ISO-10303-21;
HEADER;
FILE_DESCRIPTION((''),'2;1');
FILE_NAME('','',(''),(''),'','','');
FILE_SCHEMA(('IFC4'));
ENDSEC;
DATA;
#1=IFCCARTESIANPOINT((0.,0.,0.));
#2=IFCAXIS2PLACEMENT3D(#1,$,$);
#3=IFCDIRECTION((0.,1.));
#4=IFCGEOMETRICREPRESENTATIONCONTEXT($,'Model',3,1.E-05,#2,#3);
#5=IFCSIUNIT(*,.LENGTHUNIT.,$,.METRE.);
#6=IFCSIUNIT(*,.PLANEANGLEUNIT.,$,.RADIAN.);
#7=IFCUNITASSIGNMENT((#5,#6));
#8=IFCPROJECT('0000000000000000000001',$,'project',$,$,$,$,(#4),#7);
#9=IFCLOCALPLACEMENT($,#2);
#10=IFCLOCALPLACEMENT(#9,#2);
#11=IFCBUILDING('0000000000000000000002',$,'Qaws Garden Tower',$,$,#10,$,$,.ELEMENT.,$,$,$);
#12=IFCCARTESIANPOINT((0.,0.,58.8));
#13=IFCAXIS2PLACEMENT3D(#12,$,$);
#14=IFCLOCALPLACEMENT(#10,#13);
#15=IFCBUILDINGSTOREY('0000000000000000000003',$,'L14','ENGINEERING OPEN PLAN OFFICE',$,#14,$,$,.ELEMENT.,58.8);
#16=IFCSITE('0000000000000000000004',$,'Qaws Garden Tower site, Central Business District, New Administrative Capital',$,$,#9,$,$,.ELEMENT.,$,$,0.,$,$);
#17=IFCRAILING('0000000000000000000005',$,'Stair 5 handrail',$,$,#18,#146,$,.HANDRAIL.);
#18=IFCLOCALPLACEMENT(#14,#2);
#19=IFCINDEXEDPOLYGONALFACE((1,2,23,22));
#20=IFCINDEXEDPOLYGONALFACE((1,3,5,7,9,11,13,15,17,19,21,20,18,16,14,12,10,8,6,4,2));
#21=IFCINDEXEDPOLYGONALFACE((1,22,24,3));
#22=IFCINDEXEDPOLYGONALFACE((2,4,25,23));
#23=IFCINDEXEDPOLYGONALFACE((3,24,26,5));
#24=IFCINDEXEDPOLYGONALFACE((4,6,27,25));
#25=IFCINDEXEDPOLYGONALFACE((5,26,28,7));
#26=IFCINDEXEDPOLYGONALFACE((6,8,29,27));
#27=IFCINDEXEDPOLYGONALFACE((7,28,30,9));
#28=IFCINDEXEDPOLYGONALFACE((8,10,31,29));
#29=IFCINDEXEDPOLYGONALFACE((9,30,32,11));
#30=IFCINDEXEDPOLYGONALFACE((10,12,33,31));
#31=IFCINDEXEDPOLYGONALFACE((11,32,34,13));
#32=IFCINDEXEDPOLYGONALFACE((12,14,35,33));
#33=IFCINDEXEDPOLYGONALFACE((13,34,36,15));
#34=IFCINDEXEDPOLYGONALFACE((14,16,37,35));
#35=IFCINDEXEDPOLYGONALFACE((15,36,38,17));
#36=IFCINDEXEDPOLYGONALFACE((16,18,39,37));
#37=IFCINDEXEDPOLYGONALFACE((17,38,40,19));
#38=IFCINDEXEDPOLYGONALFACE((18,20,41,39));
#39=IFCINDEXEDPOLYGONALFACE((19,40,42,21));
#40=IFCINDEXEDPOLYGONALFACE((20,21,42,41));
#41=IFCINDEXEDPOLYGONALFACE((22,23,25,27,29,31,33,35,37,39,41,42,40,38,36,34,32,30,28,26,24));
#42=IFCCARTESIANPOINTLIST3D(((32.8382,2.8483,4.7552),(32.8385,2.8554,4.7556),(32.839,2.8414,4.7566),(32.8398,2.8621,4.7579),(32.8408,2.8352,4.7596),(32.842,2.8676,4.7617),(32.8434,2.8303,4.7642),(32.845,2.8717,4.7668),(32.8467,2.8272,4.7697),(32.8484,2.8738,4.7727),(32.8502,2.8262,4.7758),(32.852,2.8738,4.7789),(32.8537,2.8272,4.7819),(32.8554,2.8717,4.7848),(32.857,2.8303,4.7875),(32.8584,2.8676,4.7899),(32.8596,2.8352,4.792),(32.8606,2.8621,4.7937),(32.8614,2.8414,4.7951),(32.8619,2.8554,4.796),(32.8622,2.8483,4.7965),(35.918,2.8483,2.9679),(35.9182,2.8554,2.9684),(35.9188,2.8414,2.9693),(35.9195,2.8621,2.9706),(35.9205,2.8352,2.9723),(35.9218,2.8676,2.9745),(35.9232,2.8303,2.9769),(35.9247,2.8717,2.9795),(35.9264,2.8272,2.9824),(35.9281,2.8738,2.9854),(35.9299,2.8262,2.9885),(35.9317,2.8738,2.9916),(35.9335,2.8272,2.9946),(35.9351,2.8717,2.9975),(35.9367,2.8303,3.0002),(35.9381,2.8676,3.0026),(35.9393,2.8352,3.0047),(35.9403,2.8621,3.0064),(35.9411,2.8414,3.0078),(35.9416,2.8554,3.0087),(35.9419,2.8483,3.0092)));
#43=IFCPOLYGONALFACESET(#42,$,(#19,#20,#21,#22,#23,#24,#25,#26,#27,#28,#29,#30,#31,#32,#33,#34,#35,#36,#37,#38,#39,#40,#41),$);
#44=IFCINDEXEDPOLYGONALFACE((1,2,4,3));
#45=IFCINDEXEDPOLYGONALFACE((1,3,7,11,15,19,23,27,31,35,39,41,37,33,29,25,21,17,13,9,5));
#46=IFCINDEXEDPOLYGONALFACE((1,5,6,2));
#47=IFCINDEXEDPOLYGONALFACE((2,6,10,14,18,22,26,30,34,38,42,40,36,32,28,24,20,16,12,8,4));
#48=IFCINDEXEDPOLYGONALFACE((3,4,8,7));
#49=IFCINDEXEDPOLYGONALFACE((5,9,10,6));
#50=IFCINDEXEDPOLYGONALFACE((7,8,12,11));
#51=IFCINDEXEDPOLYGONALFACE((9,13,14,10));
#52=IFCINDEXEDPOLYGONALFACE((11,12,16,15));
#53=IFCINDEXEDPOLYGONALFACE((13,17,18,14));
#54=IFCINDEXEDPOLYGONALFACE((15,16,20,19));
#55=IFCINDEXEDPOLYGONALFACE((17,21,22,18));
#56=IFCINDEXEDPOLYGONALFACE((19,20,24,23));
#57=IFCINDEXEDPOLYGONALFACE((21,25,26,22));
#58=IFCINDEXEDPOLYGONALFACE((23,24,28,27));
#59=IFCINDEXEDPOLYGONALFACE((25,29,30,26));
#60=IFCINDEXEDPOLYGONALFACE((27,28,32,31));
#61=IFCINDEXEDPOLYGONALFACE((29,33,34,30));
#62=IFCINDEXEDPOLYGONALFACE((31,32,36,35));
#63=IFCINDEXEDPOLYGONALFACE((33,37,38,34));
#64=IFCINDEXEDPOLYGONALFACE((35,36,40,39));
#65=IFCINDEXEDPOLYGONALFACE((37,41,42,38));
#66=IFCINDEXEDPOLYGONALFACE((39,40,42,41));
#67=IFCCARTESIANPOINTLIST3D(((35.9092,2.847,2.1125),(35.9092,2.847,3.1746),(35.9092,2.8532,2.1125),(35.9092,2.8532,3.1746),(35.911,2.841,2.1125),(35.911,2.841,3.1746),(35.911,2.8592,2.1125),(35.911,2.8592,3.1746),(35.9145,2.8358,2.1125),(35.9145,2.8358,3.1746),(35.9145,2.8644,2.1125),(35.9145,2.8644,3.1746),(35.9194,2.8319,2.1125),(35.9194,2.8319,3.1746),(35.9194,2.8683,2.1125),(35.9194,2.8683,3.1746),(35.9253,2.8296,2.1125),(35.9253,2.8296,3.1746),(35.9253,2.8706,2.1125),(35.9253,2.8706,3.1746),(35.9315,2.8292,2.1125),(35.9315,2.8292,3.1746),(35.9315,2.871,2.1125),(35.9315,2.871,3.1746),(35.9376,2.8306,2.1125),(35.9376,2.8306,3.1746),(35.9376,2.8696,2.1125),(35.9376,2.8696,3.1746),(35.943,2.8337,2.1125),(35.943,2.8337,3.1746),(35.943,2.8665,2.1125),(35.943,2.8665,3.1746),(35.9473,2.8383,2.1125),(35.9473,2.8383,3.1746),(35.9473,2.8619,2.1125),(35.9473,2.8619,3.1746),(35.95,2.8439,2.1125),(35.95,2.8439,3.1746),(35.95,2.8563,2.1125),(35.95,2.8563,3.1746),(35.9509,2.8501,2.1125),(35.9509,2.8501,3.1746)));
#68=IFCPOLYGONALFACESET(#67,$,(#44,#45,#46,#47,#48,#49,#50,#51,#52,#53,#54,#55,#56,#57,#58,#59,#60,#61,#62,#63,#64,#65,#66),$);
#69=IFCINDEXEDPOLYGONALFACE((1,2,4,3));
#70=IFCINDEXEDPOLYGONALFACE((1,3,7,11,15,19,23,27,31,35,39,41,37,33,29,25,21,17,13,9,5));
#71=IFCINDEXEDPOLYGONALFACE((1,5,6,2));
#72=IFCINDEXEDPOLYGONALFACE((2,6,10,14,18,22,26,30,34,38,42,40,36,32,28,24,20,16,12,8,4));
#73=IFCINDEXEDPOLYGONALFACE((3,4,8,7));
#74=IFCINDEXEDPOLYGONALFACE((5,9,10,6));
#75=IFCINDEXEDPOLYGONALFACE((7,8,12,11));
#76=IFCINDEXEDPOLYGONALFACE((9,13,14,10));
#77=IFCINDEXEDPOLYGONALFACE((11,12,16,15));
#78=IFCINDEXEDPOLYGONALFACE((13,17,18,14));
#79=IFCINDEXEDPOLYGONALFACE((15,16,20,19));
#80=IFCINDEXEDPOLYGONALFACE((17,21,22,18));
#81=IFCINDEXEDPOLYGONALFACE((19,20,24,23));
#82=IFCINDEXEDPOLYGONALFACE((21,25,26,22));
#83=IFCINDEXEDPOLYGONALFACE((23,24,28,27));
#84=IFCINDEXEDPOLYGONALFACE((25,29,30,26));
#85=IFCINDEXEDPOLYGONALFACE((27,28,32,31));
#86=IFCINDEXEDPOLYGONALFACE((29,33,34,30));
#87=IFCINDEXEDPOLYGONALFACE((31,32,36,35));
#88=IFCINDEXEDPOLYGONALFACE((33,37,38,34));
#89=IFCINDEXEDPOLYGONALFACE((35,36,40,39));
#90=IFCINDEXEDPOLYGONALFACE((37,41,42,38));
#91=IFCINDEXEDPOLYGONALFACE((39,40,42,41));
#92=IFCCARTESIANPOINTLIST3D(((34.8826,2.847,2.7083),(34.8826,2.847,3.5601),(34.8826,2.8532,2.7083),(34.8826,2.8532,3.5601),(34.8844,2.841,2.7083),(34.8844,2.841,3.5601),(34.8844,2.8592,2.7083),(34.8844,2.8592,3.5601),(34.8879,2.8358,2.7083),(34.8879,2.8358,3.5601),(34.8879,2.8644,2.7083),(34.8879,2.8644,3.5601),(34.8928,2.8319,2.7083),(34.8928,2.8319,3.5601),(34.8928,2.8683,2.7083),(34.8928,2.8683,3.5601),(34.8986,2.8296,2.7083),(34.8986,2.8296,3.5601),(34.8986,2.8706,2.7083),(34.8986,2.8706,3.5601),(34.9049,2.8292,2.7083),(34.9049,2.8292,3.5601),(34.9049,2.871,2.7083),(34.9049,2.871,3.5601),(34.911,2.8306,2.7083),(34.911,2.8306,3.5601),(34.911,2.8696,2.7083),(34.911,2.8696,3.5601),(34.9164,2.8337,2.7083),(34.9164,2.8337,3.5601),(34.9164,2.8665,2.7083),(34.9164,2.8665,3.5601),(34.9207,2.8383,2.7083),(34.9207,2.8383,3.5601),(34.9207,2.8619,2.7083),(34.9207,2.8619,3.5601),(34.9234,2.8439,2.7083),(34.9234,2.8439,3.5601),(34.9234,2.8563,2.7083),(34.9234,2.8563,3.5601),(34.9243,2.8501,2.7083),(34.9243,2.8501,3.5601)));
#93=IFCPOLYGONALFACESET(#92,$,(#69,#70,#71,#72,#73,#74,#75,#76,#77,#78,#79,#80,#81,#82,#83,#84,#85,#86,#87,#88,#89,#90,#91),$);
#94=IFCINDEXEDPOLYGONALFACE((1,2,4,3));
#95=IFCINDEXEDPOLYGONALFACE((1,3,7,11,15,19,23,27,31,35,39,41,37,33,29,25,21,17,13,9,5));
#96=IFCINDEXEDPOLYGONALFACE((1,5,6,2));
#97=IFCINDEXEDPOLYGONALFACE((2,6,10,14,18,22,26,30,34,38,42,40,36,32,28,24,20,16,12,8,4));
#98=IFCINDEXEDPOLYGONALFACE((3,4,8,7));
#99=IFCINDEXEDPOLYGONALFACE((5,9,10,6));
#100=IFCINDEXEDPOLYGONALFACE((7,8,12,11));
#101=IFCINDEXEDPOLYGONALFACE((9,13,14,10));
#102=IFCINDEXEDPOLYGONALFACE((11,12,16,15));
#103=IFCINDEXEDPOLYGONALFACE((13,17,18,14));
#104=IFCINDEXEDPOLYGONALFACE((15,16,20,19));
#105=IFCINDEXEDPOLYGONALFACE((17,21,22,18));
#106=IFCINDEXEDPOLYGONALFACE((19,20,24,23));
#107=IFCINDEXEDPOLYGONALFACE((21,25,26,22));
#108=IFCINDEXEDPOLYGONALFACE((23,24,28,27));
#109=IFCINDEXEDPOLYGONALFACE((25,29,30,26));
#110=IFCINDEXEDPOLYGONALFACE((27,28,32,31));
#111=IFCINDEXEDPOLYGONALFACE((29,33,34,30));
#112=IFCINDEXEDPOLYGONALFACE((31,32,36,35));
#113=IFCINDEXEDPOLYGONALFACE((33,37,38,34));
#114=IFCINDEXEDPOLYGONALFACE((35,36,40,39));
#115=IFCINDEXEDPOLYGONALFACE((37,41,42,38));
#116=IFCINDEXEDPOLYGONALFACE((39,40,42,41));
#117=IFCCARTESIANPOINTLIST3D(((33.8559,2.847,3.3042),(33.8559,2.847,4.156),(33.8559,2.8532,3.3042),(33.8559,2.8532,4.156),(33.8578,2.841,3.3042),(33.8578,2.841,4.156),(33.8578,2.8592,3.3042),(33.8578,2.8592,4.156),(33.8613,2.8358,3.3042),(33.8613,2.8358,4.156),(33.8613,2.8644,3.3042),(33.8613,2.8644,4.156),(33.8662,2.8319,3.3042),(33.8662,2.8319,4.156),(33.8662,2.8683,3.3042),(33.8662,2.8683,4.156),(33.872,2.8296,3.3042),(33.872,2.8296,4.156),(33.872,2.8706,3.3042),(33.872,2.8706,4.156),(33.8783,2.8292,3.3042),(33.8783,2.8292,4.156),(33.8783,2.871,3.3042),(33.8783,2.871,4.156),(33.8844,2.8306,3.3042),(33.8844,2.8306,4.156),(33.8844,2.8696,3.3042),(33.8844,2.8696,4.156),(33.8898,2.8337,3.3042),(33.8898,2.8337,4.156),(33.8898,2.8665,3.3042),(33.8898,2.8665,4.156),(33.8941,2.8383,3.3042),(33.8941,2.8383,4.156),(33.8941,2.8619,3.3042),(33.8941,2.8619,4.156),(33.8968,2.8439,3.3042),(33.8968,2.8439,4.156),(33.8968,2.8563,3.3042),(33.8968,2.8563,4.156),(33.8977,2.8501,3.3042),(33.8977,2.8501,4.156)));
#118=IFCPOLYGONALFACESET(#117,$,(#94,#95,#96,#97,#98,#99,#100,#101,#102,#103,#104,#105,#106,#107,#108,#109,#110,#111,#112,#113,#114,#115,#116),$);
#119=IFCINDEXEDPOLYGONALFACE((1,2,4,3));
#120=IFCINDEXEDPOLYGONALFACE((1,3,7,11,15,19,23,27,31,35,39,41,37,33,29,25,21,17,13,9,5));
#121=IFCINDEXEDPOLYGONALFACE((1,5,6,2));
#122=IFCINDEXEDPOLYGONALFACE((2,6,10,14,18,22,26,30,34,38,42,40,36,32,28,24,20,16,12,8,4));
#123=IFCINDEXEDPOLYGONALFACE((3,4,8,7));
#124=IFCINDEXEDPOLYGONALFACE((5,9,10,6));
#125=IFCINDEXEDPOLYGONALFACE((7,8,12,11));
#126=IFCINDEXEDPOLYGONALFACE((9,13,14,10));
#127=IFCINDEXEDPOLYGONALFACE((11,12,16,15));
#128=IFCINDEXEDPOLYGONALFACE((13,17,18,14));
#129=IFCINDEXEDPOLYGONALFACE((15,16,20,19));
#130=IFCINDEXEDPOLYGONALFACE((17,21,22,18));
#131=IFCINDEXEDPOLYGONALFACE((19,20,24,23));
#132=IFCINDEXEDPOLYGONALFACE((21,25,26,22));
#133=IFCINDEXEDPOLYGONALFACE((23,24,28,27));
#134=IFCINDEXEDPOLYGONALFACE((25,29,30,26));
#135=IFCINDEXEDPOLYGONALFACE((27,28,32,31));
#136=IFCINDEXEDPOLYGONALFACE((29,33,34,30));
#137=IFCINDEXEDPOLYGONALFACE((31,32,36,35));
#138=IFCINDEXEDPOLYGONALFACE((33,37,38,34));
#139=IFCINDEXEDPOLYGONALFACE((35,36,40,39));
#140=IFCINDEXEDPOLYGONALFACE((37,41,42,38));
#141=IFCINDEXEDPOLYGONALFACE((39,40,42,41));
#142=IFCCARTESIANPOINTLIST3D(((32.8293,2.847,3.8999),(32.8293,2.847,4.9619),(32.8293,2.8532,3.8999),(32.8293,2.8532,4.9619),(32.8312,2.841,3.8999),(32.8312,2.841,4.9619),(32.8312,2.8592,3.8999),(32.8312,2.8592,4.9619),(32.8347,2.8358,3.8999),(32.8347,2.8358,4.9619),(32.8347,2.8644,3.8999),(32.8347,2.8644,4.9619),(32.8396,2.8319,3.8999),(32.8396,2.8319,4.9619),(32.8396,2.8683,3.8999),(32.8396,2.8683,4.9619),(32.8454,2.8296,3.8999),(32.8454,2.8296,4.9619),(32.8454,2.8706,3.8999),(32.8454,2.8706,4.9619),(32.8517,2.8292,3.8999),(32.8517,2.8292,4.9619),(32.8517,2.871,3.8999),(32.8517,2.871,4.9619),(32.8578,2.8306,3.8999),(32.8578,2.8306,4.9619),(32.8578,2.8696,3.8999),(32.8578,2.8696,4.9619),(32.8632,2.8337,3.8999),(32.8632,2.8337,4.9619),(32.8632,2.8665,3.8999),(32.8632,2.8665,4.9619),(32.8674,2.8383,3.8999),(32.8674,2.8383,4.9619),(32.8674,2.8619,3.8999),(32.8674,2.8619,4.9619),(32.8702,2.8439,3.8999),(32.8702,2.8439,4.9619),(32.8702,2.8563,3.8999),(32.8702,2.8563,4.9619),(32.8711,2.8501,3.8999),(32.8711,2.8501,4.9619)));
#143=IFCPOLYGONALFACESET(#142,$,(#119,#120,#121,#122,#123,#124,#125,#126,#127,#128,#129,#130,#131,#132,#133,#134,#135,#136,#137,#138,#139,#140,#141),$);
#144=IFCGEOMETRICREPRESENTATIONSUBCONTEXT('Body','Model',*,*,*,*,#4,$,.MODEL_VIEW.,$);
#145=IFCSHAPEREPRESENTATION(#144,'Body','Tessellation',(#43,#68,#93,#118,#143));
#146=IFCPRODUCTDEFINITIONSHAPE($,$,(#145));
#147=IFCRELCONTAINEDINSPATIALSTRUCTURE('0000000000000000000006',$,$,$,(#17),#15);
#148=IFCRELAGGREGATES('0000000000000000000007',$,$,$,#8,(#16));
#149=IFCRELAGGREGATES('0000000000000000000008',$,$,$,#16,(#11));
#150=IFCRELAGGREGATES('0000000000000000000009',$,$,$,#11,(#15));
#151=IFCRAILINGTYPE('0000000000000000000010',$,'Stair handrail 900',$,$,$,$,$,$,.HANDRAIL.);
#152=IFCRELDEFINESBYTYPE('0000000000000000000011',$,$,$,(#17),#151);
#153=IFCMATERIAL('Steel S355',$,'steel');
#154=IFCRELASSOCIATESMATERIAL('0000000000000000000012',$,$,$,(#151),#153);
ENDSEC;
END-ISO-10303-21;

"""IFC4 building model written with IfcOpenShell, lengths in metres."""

from ifc_helpers import new_model, si_unit, direction, frame, origin, origin_2d, place, context, subcontext, project, spatial, circle, extrude, material, type_object, element, save


model = new_model("IFC4")

# Units and contexts
model_context = context("Model", 3, precision=1e-05, world=origin(), true_north=direction((0.0, 1.0)))
body_context = subcontext(model_context, "Body", "Model", "MODEL_VIEW")
ifc_project = project(units=[si_unit("LENGTHUNIT", "METRE"), si_unit("PLANEANGLEUNIT", "RADIAN")], contexts=[model_context])

# Site, building, storey
site_placement = place(None, origin())
site = spatial("IfcSite", under=ifc_project, at=site_placement, Name="Qaws Garden Tower site, Central Business District, New Administrative Capital", CompositionType="ELEMENT", RefElevation=0.0)
building_placement = place(site_placement, origin())
building = spatial("IfcBuilding", under=site, at=building_placement, Name="Qaws Garden Tower", CompositionType="ELEMENT")
storey_placement = place(building_placement, frame((0.0, 0.0, 58.8)))
storey = spatial("IfcBuildingStorey", under=building, at=storey_placement, Name="L14", Description="ENGINEERING OPEN PLAN OFFICE", CompositionType="ELEMENT", Elevation=58.8)

# Railing
ifc_material_1 = material(Name="Steel S355", Category="steel")
railing_type = type_object("IfcRailingType", Name="Stair handrail 900", PredefinedType="HANDRAIL", material=ifc_material_1)
railing_1_placement = place(storey_placement, frame((35.9299, 2.8501, 2.1125)))
element("IfcRailing", 1, at=railing_1_placement, inside=storey, type_object=railing_type, Name="Stair 5 handrail", PredefinedType="HANDRAIL", context=body_context, shape_type="SweptSolid", body=[
    extrude(circle(Radius=0.0239, at=origin_2d()), frame((0.0, 0.0, 0.876), z_axis=(-0.864903, 0.0, 0.501939), x_axis=(0.0, -1.0, 0.0)), (0.0, 0.0, 1.0), 3.5608),
    extrude(circle(Radius=0.021, at=origin_2d()), origin(), (0.0, 0.0, 1.0), 1.062),
    extrude(circle(Radius=0.021, at=origin_2d()), frame((-1.0266, 0.0, 0.5957)), (0.0, 0.0, 1.0), 0.8518),
    extrude(circle(Radius=0.021, at=origin_2d()), frame((-2.0532, 0.0, 1.1917)), (0.0, 0.0, 1.0), 0.8518),
    extrude(circle(Radius=0.021, at=origin_2d()), frame((-3.0798, 0.0, 1.7874)), (0.0, 0.0, 1.0), 1.062),
])

save(model, "model.ifc")
